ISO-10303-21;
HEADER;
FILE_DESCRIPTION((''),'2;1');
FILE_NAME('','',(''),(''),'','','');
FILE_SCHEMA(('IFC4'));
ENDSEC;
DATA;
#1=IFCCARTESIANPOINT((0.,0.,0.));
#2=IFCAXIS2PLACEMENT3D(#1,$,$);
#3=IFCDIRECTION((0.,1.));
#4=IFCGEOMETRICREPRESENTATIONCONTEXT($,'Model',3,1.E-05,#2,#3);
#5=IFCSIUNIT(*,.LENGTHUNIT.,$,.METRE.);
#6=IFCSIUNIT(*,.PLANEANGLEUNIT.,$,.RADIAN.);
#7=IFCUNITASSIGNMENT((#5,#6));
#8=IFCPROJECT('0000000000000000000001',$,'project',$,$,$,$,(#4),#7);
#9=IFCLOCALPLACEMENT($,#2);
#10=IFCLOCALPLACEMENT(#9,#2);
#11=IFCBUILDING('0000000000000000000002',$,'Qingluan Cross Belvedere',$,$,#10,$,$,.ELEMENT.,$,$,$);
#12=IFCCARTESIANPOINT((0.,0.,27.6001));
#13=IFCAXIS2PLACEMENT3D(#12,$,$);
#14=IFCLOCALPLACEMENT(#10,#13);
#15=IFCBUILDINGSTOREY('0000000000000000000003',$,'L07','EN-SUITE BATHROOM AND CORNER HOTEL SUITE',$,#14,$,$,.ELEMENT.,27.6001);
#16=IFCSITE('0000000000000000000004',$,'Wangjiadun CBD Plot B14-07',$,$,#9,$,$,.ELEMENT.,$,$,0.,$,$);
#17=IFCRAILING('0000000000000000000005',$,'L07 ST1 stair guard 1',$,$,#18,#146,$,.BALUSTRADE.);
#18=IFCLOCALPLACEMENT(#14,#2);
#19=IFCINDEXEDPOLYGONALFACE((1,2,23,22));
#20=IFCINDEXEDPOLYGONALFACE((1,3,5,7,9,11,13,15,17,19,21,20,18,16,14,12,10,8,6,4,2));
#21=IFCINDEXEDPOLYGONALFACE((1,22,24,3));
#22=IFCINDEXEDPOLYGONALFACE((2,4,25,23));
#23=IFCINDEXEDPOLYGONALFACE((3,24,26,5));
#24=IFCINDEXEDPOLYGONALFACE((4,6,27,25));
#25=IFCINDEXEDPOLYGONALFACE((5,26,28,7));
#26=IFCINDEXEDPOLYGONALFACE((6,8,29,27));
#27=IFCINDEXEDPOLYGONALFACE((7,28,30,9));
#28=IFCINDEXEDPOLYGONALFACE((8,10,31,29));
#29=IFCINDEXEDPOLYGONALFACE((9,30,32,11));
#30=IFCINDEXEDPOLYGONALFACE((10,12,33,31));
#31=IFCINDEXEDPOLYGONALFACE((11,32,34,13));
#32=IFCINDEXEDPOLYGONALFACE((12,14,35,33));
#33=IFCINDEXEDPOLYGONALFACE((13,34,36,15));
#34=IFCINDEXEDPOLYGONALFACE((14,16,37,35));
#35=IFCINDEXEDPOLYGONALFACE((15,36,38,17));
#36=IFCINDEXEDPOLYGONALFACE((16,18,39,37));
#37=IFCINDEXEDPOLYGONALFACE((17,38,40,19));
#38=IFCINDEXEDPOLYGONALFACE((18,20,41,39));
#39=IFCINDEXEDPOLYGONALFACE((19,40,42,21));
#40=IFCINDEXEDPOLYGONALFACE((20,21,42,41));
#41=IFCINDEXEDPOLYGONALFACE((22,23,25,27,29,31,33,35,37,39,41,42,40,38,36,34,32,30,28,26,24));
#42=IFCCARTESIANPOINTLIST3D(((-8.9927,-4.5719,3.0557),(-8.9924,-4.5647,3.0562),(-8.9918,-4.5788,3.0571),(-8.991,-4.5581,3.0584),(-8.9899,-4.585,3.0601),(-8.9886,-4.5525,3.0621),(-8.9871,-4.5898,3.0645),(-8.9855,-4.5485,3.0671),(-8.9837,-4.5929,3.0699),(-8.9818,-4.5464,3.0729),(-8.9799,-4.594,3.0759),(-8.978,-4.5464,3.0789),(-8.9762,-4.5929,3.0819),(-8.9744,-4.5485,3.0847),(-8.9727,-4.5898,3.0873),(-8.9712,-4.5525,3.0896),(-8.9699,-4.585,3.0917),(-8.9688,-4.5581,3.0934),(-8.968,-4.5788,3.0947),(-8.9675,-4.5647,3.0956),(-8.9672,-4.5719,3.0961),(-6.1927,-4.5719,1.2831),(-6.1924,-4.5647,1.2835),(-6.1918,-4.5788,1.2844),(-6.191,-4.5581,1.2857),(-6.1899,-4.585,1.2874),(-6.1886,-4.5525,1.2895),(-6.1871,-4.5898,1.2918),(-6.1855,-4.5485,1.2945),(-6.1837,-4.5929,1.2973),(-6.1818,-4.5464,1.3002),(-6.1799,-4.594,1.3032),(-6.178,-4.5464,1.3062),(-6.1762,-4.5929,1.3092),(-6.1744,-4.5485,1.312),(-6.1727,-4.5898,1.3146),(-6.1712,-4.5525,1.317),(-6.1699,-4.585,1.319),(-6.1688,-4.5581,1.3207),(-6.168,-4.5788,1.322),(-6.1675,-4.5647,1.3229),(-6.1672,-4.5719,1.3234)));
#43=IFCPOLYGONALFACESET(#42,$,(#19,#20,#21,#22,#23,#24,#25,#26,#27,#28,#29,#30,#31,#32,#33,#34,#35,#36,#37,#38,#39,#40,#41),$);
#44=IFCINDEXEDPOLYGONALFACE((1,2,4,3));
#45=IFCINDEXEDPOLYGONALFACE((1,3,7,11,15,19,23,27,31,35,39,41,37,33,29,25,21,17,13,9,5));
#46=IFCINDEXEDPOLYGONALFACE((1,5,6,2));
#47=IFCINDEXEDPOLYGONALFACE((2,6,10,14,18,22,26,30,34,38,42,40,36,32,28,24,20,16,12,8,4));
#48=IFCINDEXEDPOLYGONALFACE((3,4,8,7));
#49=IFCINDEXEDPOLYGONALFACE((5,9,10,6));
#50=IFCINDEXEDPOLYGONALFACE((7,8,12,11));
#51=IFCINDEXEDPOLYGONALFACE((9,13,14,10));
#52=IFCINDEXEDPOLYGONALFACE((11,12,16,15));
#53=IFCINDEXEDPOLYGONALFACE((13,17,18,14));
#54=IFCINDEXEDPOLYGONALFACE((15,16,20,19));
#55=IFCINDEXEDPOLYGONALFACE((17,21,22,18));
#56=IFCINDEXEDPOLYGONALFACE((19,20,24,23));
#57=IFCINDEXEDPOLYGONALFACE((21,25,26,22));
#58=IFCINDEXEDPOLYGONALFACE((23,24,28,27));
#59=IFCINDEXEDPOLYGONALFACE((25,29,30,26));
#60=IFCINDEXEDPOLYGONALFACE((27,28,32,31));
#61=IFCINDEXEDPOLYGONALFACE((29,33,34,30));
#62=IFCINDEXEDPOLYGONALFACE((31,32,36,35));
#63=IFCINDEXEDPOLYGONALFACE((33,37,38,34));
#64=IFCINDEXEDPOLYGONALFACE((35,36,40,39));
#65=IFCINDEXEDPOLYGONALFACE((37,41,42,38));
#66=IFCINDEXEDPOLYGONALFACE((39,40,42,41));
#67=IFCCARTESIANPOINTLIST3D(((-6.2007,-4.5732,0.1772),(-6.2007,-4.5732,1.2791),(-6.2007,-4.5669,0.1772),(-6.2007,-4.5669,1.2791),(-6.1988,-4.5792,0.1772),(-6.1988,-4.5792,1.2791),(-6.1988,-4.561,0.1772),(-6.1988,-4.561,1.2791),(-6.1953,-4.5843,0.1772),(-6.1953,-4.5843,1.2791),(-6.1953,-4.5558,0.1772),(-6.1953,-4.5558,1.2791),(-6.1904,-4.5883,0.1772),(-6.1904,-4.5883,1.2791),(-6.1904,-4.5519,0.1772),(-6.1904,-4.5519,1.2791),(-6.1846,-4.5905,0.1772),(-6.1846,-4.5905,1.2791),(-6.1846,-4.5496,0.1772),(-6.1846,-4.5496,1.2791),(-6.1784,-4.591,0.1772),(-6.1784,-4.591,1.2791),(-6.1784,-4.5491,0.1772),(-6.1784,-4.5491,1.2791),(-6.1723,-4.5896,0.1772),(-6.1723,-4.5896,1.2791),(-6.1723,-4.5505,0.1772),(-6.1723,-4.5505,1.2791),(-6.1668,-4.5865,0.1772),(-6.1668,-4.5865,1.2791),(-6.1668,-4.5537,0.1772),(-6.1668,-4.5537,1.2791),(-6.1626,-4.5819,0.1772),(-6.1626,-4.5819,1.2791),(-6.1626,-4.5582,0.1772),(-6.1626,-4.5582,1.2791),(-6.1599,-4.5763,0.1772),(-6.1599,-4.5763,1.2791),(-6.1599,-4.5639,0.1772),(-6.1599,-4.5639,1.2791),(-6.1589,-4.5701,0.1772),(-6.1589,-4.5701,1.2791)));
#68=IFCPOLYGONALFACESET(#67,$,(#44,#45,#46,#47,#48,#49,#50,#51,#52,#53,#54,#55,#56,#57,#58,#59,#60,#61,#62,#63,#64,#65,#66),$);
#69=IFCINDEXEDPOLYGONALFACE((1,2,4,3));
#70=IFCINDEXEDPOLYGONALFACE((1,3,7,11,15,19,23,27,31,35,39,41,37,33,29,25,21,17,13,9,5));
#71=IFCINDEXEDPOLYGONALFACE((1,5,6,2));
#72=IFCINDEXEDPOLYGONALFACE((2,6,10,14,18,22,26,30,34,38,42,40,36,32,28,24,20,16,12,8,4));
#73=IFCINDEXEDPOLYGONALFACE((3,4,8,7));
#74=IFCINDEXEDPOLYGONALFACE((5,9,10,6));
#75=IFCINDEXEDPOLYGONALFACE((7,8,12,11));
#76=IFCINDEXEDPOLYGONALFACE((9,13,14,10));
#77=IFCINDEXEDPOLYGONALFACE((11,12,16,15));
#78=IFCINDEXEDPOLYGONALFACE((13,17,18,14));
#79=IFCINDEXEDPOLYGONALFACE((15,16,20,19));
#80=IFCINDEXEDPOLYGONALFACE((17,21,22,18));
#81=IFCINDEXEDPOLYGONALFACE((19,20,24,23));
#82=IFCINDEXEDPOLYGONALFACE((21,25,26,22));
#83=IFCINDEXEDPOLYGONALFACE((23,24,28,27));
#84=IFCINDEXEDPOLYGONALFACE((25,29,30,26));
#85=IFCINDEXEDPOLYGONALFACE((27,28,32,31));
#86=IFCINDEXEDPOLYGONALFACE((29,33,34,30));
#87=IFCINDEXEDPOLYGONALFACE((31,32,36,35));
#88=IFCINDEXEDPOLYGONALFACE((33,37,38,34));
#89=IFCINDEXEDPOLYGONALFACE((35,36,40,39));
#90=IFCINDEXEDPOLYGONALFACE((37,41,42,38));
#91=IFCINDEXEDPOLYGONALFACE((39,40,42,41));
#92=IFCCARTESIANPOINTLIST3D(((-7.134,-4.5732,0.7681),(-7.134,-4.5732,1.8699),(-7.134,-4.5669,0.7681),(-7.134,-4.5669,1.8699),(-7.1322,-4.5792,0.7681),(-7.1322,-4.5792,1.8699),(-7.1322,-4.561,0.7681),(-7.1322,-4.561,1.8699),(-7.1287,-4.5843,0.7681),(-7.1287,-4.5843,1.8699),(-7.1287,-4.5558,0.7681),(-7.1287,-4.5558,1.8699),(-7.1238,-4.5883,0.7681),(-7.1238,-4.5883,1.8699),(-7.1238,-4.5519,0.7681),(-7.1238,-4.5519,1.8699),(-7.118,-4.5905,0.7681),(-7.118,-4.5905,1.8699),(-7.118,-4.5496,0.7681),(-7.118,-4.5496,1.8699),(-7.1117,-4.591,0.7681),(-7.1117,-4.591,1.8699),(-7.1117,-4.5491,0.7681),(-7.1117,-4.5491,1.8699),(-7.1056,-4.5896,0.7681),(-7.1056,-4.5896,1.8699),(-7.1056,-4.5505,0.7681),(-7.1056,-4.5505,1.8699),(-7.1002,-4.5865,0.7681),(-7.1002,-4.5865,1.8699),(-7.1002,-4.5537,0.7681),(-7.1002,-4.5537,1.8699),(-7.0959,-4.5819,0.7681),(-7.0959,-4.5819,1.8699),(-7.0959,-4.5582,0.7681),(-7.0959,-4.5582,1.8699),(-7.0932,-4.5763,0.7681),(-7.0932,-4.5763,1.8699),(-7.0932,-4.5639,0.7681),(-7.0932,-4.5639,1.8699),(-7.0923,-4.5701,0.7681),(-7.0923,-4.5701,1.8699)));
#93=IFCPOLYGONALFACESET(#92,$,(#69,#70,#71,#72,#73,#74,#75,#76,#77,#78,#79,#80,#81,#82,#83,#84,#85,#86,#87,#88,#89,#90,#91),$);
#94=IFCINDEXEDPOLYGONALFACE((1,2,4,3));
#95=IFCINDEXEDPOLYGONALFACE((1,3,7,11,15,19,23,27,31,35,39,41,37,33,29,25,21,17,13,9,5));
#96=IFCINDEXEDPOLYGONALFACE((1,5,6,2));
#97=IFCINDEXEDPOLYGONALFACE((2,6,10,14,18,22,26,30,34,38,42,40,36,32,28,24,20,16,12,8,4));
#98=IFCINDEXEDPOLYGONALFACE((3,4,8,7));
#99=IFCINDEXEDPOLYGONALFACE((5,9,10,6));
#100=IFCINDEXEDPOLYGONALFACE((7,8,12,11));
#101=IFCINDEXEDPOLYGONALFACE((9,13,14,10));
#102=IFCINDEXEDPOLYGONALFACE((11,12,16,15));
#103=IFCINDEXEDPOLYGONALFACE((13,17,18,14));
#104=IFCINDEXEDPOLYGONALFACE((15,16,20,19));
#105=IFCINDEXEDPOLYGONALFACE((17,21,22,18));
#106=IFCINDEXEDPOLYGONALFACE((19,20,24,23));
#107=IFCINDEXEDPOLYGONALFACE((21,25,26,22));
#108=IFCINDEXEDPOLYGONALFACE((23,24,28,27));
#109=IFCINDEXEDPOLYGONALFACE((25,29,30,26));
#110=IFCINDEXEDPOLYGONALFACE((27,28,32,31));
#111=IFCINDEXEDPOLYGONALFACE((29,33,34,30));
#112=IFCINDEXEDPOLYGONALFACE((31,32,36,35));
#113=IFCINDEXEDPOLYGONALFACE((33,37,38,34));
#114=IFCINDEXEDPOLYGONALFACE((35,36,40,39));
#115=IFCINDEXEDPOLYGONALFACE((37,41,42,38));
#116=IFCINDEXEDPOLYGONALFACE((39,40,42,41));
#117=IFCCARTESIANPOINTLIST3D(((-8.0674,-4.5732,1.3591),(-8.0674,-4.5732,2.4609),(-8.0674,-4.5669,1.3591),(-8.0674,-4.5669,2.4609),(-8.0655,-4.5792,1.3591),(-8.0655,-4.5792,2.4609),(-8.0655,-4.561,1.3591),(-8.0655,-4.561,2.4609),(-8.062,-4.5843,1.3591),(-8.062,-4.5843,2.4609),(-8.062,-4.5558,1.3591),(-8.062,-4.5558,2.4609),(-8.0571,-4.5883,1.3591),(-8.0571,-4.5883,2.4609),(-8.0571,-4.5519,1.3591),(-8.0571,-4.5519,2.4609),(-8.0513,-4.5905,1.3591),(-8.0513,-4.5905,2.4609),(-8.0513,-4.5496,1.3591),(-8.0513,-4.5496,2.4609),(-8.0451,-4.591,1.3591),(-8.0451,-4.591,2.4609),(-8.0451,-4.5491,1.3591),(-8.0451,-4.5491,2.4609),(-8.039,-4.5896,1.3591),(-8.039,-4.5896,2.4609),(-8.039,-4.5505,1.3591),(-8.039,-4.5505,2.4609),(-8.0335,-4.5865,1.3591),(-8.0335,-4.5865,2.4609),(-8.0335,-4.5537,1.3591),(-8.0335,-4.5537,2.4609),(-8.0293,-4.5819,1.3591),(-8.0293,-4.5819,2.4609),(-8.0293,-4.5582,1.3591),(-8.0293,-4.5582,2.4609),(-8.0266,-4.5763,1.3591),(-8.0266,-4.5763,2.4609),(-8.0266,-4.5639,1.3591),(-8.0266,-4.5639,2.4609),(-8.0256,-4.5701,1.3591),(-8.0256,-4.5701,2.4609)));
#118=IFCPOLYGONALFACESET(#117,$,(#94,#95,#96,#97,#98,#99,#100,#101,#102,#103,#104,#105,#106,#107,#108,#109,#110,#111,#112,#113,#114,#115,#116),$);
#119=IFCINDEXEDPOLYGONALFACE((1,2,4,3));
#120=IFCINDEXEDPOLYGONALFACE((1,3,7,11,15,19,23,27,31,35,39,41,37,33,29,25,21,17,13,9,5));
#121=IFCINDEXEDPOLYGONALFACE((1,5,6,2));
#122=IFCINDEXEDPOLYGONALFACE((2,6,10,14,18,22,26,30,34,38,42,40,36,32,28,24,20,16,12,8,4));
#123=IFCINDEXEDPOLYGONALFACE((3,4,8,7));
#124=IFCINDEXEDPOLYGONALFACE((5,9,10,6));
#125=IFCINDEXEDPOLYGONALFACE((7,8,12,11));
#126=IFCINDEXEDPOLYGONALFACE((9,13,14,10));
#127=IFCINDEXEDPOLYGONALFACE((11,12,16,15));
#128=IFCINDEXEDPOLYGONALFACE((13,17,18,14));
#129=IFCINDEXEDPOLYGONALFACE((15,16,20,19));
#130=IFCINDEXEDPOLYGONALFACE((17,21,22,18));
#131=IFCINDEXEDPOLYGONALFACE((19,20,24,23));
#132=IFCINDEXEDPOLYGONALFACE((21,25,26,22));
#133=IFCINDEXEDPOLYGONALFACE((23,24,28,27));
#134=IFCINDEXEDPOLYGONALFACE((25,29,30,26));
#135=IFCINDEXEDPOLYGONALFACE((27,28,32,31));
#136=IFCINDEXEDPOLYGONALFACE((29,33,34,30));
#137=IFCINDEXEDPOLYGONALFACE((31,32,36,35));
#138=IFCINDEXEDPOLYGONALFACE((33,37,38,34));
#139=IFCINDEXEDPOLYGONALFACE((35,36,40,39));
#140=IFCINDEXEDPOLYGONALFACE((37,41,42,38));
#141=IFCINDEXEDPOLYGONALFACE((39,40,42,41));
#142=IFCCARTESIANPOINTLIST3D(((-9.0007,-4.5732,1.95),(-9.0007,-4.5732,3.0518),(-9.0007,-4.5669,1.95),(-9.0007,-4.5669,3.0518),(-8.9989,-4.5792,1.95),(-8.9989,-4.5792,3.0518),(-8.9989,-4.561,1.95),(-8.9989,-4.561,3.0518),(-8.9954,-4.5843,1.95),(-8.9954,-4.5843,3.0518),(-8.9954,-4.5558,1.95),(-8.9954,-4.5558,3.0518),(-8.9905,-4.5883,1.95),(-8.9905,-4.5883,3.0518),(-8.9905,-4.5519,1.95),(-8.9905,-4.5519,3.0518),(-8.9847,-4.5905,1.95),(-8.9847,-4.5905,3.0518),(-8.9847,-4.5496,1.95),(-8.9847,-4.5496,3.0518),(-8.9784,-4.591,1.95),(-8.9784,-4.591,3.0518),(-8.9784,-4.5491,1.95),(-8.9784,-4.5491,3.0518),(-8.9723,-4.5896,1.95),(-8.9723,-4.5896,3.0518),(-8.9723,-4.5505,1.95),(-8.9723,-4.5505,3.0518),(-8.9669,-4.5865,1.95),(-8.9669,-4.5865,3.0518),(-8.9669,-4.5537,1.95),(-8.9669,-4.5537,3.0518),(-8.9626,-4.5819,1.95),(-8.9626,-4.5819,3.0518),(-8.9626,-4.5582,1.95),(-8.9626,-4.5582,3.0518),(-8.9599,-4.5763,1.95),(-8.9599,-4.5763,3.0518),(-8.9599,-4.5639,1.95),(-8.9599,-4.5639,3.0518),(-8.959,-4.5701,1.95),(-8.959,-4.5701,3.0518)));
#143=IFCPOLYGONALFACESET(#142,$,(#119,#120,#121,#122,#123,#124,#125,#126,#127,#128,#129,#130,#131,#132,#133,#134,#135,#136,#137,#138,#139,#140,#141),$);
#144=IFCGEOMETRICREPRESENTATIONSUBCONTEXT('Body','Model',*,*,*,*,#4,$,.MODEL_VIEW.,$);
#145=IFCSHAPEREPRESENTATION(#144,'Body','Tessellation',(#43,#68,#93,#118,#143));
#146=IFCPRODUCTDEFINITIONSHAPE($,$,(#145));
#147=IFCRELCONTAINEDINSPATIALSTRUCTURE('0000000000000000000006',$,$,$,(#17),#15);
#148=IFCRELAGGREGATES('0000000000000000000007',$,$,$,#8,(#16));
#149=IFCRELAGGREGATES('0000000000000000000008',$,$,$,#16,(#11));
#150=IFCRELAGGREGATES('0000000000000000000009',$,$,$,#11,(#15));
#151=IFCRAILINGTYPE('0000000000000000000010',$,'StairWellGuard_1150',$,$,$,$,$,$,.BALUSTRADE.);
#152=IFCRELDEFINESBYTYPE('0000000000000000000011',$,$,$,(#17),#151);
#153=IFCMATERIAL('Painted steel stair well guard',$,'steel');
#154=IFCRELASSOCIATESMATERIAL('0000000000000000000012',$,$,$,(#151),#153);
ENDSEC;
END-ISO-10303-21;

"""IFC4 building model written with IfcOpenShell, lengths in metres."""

from ifc_helpers import new_model, si_unit, direction, frame, origin, origin_2d, place, context, subcontext, project, spatial, circle, extrude, material, type_object, element, save


model = new_model("IFC4")

# Units and contexts
model_context = context("Model", 3, precision=1e-05, world=origin(), true_north=direction((0.0, 1.0)))
body_context = subcontext(model_context, "Body", "Model", "MODEL_VIEW")
ifc_project = project(units=[si_unit("LENGTHUNIT", "METRE"), si_unit("PLANEANGLEUNIT", "RADIAN")], contexts=[model_context])

# Site, building, storey
site_placement = place(None, origin())
site = spatial("IfcSite", under=ifc_project, at=site_placement, Name="Wangjiadun CBD Plot B14-07", CompositionType="ELEMENT", RefElevation=0.0)
building_placement = place(site_placement, origin())
building = spatial("IfcBuilding", under=site, at=building_placement, Name="Qingluan Cross Belvedere", CompositionType="ELEMENT")
storey_placement = place(building_placement, frame((0.0, 0.0, 27.6001)))
storey = spatial("IfcBuildingStorey", under=building, at=storey_placement, Name="L07", Description="EN-SUITE BATHROOM AND CORNER HOTEL SUITE", CompositionType="ELEMENT", Elevation=27.6001)

# Railing
ifc_material_1 = material(Name="Painted steel stair well guard", Category="steel")
railing_type_1 = type_object("IfcRailingType", Name="StairWellGuard_1150", PredefinedType="BALUSTRADE", material=ifc_material_1)
railing_1_placement = place(storey_placement, frame((-6.1799, -4.5701, 0.1772)))
element("IfcRailing", 1, at=railing_1_placement, inside=storey, type_object=railing_type_1, Name="L07 ST1 stair guard 1", PredefinedType="BALUSTRADE", context=body_context, shape_type="SweptSolid", body=[
    extrude(circle(Radius=0.0239, at=origin_2d()), frame((0.0, 0.0, 1.126), z_axis=(-0.844909, 0.0, 0.53491), x_axis=(0.0, -1.0, 0.0)), (0.0, 0.0, 1.0), 3.314),
    extrude(circle(Radius=0.021, at=origin_2d()), origin(), (0.0, 0.0, 1.0), 1.1018),
    extrude(circle(Radius=0.021, at=origin_2d()), frame((-0.9333, 0.0, 0.5908)), (0.0, 0.0, 1.0), 1.1018),
    extrude(circle(Radius=0.021, at=origin_2d()), frame((-1.8667, 0.0, 1.1819)), (0.0, 0.0, 1.0), 1.1018),
    extrude(circle(Radius=0.021, at=origin_2d()), frame((-2.8, 0.0, 1.7727)), (0.0, 0.0, 1.0), 1.1018),
])

save(model, "model.ifc")
